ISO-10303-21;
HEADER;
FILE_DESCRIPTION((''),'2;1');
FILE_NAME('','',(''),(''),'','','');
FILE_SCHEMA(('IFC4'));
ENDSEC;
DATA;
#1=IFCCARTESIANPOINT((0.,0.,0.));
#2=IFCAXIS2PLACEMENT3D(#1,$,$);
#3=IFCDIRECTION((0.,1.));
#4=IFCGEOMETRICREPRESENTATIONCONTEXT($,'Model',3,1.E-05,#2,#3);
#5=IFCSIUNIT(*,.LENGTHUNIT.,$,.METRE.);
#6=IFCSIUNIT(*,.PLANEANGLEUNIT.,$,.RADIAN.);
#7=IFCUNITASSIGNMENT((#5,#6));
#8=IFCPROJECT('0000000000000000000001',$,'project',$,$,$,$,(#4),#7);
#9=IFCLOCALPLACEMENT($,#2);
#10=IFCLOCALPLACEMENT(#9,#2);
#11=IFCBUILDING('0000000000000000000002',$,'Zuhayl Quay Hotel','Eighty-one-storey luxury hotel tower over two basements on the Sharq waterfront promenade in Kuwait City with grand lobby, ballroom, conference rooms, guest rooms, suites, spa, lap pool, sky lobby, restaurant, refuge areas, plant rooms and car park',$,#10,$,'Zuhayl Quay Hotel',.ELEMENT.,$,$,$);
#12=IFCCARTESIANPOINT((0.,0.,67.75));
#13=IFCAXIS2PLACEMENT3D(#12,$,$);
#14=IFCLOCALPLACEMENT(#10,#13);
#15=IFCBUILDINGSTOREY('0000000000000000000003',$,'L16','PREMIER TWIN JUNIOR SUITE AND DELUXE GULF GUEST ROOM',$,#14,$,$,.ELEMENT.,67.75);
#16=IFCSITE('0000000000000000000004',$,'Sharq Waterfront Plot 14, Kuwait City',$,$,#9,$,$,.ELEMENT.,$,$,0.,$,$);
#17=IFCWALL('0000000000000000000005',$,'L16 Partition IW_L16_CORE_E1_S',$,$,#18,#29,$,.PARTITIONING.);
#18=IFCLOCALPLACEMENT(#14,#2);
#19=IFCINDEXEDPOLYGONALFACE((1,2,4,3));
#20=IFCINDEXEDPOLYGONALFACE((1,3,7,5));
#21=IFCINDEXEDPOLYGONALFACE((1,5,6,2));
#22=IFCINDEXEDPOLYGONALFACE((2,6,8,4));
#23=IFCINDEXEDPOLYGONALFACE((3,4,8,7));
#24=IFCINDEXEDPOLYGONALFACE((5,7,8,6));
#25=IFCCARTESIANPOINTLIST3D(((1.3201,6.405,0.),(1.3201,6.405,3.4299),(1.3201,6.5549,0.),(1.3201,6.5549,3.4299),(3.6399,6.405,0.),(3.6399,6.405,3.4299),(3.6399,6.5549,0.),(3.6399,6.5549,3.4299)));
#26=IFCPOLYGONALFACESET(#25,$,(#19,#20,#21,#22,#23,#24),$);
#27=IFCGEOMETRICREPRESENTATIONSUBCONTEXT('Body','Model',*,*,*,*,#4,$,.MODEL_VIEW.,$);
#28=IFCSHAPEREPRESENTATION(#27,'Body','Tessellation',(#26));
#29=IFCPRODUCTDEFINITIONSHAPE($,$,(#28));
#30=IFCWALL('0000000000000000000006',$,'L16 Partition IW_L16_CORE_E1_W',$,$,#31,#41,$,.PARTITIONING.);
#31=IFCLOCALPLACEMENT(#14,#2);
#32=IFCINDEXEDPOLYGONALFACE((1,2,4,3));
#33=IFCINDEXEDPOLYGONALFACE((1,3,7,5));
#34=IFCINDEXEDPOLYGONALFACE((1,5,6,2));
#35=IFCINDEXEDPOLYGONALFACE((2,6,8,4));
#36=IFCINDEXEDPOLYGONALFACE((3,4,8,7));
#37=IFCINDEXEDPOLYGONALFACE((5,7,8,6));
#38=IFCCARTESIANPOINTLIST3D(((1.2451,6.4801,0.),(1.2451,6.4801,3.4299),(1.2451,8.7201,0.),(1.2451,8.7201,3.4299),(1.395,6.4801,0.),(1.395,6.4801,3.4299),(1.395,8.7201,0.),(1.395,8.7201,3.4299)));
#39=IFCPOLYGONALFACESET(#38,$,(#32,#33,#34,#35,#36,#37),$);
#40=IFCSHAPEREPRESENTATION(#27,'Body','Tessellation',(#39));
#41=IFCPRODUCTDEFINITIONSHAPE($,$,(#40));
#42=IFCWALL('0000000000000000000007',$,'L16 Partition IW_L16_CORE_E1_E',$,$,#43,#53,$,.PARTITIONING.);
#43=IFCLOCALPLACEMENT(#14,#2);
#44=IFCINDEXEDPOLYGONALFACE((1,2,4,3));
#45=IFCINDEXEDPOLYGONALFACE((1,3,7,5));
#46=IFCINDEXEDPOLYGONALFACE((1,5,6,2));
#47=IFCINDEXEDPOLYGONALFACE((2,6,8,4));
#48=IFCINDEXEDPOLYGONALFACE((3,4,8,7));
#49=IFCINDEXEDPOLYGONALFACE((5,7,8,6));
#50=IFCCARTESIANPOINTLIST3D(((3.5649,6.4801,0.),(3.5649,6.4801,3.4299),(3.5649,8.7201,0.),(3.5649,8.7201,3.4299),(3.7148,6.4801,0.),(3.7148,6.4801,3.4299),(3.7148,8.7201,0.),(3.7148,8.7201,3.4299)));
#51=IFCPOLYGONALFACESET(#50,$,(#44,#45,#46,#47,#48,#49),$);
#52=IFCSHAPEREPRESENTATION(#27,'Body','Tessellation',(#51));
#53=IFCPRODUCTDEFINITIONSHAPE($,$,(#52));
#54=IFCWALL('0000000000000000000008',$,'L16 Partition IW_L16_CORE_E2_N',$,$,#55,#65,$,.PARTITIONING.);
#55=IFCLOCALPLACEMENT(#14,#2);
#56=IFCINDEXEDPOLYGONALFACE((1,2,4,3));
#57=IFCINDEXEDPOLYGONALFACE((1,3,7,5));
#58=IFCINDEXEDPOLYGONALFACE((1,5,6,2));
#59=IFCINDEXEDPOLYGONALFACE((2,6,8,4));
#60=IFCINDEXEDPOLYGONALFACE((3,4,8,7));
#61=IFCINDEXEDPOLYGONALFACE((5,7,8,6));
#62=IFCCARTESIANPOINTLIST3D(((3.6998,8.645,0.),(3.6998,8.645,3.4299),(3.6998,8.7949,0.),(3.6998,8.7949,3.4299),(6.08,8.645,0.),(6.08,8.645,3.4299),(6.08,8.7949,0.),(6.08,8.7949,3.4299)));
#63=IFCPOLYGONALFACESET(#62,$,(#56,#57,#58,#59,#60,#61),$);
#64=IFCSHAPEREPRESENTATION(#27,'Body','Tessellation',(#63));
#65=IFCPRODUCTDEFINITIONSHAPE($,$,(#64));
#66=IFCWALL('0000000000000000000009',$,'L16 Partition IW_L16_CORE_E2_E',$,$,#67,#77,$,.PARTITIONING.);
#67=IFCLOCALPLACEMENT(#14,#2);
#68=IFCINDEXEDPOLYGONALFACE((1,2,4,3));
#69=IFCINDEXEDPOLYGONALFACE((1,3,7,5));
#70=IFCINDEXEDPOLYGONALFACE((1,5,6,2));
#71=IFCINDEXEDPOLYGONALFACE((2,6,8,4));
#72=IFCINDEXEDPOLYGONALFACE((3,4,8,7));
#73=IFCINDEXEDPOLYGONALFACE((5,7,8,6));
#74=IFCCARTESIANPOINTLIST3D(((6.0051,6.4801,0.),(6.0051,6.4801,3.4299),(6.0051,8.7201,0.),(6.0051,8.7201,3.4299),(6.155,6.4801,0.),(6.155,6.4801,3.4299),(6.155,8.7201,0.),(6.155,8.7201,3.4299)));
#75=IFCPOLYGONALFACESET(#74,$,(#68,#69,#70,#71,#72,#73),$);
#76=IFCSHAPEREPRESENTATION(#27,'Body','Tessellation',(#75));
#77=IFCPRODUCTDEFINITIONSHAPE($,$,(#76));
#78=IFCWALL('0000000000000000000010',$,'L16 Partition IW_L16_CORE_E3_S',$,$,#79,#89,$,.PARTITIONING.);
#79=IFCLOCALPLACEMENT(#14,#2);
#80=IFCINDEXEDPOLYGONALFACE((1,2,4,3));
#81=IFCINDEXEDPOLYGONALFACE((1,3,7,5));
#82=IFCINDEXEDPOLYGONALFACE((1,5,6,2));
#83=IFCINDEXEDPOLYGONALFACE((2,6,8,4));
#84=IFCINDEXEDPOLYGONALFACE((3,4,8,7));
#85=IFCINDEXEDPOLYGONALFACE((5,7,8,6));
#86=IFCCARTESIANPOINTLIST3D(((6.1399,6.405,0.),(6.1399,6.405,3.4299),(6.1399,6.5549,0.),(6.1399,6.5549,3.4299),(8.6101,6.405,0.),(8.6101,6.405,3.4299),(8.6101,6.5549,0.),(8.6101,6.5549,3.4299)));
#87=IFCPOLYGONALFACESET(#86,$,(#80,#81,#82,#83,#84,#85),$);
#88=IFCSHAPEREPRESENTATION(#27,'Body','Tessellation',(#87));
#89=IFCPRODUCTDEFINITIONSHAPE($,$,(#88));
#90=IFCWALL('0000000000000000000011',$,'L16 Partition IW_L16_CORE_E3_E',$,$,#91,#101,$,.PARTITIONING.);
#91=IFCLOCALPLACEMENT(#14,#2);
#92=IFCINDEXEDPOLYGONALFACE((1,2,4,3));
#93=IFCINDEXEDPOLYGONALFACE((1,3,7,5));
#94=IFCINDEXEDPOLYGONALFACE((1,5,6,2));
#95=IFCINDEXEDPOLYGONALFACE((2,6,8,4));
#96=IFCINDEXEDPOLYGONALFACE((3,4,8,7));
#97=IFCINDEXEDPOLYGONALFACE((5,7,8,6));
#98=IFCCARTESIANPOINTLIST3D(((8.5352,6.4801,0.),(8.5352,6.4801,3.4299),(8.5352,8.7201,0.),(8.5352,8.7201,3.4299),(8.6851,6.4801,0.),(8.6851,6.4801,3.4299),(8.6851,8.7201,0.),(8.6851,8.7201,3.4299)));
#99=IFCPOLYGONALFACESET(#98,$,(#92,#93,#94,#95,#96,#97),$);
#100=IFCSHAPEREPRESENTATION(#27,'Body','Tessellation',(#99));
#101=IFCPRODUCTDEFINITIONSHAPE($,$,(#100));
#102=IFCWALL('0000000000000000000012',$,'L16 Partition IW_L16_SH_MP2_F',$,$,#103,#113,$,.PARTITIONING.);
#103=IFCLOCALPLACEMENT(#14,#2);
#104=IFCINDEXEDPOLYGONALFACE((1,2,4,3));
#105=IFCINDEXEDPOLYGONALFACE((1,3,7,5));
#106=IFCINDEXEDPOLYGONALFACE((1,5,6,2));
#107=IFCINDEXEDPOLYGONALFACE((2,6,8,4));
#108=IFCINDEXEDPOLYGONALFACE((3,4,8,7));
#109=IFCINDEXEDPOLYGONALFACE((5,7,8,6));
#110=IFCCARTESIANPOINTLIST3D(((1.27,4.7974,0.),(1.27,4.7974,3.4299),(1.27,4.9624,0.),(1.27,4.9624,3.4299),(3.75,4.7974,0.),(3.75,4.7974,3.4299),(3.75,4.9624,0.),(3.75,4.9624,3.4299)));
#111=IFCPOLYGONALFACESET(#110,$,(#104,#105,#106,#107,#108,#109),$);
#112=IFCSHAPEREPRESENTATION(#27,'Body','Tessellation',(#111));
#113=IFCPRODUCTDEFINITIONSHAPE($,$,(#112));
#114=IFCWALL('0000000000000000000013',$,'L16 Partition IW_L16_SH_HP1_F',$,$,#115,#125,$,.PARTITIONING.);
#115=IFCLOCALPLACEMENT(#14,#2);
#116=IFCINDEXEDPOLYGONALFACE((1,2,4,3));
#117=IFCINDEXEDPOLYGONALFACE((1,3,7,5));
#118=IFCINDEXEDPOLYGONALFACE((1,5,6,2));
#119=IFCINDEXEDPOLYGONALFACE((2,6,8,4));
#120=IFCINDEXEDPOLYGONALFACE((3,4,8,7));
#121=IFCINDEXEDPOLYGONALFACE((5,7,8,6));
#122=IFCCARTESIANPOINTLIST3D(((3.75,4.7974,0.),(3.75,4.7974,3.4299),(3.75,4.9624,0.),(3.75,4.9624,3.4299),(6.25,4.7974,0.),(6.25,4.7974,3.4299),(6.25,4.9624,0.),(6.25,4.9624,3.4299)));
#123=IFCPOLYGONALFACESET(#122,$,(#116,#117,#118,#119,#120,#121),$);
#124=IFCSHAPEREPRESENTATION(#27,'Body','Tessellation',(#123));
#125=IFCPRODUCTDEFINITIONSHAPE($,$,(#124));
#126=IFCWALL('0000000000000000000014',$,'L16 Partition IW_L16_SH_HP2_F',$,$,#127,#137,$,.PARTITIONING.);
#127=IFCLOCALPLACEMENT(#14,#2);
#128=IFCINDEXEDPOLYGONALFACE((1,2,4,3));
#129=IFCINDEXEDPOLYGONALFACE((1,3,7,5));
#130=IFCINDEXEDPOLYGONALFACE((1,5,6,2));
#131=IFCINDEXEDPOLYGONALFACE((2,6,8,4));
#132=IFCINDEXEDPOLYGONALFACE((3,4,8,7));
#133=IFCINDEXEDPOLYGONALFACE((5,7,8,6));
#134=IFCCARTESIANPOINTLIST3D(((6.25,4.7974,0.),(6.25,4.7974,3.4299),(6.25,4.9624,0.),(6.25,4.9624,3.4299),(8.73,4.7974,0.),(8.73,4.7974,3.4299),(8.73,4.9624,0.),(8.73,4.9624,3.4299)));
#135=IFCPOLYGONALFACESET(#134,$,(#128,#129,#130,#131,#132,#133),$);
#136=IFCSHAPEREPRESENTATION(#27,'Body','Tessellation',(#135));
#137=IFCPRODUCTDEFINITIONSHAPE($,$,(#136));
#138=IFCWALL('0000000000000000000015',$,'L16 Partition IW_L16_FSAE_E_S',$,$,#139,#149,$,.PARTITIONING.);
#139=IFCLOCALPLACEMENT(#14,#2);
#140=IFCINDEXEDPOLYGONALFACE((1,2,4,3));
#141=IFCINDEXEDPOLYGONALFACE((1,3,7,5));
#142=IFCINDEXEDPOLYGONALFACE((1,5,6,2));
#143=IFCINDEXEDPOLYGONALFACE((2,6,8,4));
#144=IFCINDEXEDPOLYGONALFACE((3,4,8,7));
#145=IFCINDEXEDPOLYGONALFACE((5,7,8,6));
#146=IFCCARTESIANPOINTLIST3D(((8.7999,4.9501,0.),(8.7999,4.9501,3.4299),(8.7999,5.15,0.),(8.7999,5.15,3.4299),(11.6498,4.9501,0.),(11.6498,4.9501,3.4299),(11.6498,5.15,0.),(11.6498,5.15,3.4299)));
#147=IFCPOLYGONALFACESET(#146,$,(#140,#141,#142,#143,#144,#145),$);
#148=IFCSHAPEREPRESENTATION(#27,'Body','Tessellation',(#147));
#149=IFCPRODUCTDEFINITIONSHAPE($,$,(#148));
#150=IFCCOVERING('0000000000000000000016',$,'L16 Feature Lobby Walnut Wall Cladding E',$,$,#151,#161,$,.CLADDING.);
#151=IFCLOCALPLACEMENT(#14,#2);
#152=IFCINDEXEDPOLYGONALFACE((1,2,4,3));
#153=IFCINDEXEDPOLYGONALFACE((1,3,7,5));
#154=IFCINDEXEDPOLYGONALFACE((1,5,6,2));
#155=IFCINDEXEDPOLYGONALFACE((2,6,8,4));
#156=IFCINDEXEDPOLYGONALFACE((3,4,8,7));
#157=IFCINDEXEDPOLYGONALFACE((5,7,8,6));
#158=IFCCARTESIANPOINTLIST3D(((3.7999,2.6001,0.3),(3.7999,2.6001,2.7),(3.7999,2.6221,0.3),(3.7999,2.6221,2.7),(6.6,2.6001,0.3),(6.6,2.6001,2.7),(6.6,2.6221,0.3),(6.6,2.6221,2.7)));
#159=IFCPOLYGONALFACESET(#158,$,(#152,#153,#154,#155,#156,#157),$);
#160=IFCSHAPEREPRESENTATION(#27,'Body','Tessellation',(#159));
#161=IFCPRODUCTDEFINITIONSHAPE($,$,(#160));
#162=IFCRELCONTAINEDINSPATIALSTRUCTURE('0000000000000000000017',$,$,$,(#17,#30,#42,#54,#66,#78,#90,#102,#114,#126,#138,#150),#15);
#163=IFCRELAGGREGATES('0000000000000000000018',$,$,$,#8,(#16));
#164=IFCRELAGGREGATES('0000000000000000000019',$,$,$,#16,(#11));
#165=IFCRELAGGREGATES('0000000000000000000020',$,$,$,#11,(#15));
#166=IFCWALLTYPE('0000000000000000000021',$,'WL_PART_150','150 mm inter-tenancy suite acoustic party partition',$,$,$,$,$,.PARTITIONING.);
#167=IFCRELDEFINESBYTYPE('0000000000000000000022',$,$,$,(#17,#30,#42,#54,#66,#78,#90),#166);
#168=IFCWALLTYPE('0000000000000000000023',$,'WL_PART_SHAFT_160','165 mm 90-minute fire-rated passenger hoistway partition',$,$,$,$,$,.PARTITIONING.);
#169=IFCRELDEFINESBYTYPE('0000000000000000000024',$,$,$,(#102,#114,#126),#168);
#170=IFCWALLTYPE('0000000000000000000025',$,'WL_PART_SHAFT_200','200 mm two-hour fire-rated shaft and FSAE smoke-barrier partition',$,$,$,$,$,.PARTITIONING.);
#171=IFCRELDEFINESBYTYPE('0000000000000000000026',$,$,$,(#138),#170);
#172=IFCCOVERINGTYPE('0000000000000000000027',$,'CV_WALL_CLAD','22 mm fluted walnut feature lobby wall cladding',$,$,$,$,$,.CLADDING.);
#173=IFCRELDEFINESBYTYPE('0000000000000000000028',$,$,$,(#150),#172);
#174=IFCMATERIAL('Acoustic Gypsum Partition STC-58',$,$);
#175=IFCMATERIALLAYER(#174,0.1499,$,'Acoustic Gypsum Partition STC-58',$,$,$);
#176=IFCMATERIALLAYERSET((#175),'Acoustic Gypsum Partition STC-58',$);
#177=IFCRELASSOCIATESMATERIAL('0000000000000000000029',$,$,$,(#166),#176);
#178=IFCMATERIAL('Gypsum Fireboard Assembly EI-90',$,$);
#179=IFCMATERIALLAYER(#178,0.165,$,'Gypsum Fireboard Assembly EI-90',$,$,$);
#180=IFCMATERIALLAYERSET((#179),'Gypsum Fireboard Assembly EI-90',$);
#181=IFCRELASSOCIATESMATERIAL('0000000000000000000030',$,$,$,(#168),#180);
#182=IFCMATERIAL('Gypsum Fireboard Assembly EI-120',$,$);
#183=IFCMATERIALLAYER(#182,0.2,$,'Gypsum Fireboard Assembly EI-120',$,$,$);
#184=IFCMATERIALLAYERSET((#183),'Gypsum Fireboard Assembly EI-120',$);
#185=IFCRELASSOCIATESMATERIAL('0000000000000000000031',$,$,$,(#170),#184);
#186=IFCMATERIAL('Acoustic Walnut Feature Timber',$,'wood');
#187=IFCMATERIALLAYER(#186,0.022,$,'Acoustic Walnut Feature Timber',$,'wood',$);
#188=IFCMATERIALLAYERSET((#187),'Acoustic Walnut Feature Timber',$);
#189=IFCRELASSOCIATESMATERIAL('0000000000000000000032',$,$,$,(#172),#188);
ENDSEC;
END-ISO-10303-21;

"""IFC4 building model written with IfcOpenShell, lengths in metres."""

from ifc_helpers import new_model, si_unit, direction, frame, frame_2d, origin, origin_2d, place, context, subcontext, project, spatial, rectangle, extrude, material, layer, layer_set, type_object, element, save


model = new_model("IFC4")

# Units and contexts
model_context = context("Model", 3, precision=1e-05, world=origin(), true_north=direction((0.0, 1.0)))
body_context = subcontext(model_context, "Body", "Model", "MODEL_VIEW")
ifc_project = project(units=[si_unit("LENGTHUNIT", "METRE"), si_unit("PLANEANGLEUNIT", "RADIAN")], contexts=[model_context])

# Site, building, storey
site_placement = place(None, origin())
site = spatial("IfcSite", under=ifc_project, at=site_placement, Name="Sharq Waterfront Plot 14, Kuwait City", CompositionType="ELEMENT", RefElevation=0.0)
building_placement = place(site_placement, origin())
building = spatial("IfcBuilding", under=site, at=building_placement, Name="Zuhayl Quay Hotel", Description="Eighty-one-storey luxury hotel tower over two basements on the Sharq waterfront promenade in Kuwait City with grand lobby, ballroom, conference rooms, guest rooms, suites, spa, lap pool, sky lobby, restaurant, refuge areas, plant rooms and car park", LongName="Zuhayl Quay Hotel", CompositionType="ELEMENT")
storey_placement = place(building_placement, frame((0.0, 0.0, 67.75)))
storey = spatial("IfcBuildingStorey", under=building, at=storey_placement, Name="L16", Description="PREMIER TWIN JUNIOR SUITE AND DELUXE GULF GUEST ROOM", CompositionType="ELEMENT", Elevation=67.75)

# Shared definitions
ifc_material_1 = material(Name="Acoustic Gypsum Partition STC-58")
ifc_layer_1 = layer(ifc_material_1, 0.1499, Name="Acoustic Gypsum Partition STC-58")
ifc_layer_set_1 = layer_set([ifc_layer_1], Name="Acoustic Gypsum Partition STC-58")
wall_type_1 = type_object("IfcWallType", Name="WL_PART_150", Description="150 mm inter-tenancy suite acoustic party partition", PredefinedType="PARTITIONING", material=ifc_layer_set_1)

# Walls
wall_1_placement = place(storey_placement, frame((1.3201, 6.48, 0.0), z_axis=(0.0, 0.0, 1.0), x_axis=(1.0, 0.0, 0.0)))
element("IfcWall", 1, at=wall_1_placement, inside=storey, type_object=wall_type_1, Name="L16 Partition IW_L16_CORE_E1_S", PredefinedType="PARTITIONING", context=body_context, shape_type="SweptSolid", body=[
    extrude(rectangle(XDim=2.3198, YDim=0.1499, at=frame_2d((1.1599, 0.0))), origin(), (0.0, 0.0, 1.0), 3.4299),
])
for number, where, z_axis, x_axis, name in (
    (2, (1.3201, 6.48, 0.0), (0.0, 0.0, 1.0), (0.0, 1.0, 0.0), "L16 Partition IW_L16_CORE_E1_W"),
    (3, (3.6399, 6.48, 0.0), (0.0, 0.0, 1.0), (0.0, 1.0, 0.0), "L16 Partition IW_L16_CORE_E1_E"),
):
    element("IfcWall", number, at=place(storey_placement, frame(where, z_axis=z_axis, x_axis=x_axis)), inside=storey, type_object=wall_type_1, Name=name, PredefinedType="PARTITIONING", context=body_context, shape_type="SweptSolid", body=[
        extrude(rectangle(XDim=2.24, YDim=0.1499, at=frame_2d((1.1201, 0.0))), origin(), (0.0, 0.0, 1.0), 3.4299),
    ])
wall_2_placement = place(storey_placement, frame((3.7, 8.72, 0.0), z_axis=(0.0, 0.0, 1.0), x_axis=(1.0, 0.0, 0.0)))
element("IfcWall", 4, at=wall_2_placement, inside=storey, type_object=wall_type_1, Name="L16 Partition IW_L16_CORE_E2_N", PredefinedType="PARTITIONING", context=body_context, shape_type="SweptSolid", body=[
    extrude(rectangle(XDim=2.3801, YDim=0.1499, at=frame_2d((1.1899, 0.0))), origin(), (0.0, 0.0, 1.0), 3.4299),
])
wall_3_placement = place(storey_placement, frame((6.0801, 6.48, 0.0), z_axis=(0.0, 0.0, 1.0), x_axis=(0.0, 1.0, 0.0)))
element("IfcWall", 5, at=wall_3_placement, inside=storey, type_object=wall_type_1, Name="L16 Partition IW_L16_CORE_E2_E", PredefinedType="PARTITIONING", context=body_context, shape_type="SweptSolid", body=[
    extrude(rectangle(XDim=2.24, YDim=0.1499, at=frame_2d((1.1201, 0.0))), origin(), (0.0, 0.0, 1.0), 3.4299),
])
wall_4_placement = place(storey_placement, frame((6.1399, 6.48, 0.0), z_axis=(0.0, 0.0, 1.0), x_axis=(1.0, 0.0, 0.0)))
element("IfcWall", 6, at=wall_4_placement, inside=storey, type_object=wall_type_1, Name="L16 Partition IW_L16_CORE_E3_S", PredefinedType="PARTITIONING", context=body_context, shape_type="SweptSolid", body=[
    extrude(rectangle(XDim=2.4702, YDim=0.1499, at=frame_2d((1.2351, 0.0))), origin(), (0.0, 0.0, 1.0), 3.4299),
])
wall_5_placement = place(storey_placement, frame((8.6101, 6.48, 0.0), z_axis=(0.0, 0.0, 1.0), x_axis=(0.0, 1.0, 0.0)))
element("IfcWall", 7, at=wall_5_placement, inside=storey, type_object=wall_type_1, Name="L16 Partition IW_L16_CORE_E3_E", PredefinedType="PARTITIONING", context=body_context, shape_type="SweptSolid", body=[
    extrude(rectangle(XDim=2.24, YDim=0.1499, at=frame_2d((1.1201, 0.0))), origin(), (0.0, 0.0, 1.0), 3.4299),
])
ifc_material_2 = material(Name="Gypsum Fireboard Assembly EI-90")
ifc_layer_2 = layer(ifc_material_2, 0.165, Name="Gypsum Fireboard Assembly EI-90")
ifc_layer_set_2 = layer_set([ifc_layer_2], Name="Gypsum Fireboard Assembly EI-90")
wall_type_2 = type_object("IfcWallType", Name="WL_PART_SHAFT_160", Description="165 mm 90-minute fire-rated passenger hoistway partition", PredefinedType="PARTITIONING", material=ifc_layer_set_2)
wall_6_placement = place(storey_placement, frame((1.27, 4.8799, 0.0), z_axis=(0.0, 0.0, 1.0), x_axis=(1.0, 0.0, 0.0)))
element("IfcWall", 8, at=wall_6_placement, inside=storey, type_object=wall_type_2, Name="L16 Partition IW_L16_SH_MP2_F", PredefinedType="PARTITIONING", context=body_context, shape_type="SweptSolid", body=[
    extrude(rectangle(XDim=2.48, YDim=0.165, at=frame_2d((1.24, 0.0))), origin(), (0.0, 0.0, 1.0), 3.4299),
])
wall_7_placement = place(storey_placement, frame((3.75, 4.8799, 0.0), z_axis=(0.0, 0.0, 1.0), x_axis=(1.0, 0.0, 0.0)))
element("IfcWall", 9, at=wall_7_placement, inside=storey, type_object=wall_type_2, Name="L16 Partition IW_L16_SH_HP1_F", PredefinedType="PARTITIONING", context=body_context, shape_type="SweptSolid", body=[
    extrude(rectangle(XDim=2.5, YDim=0.165, at=frame_2d((1.25, 0.0))), origin(), (0.0, 0.0, 1.0), 3.4299),
])
wall_8_placement = place(storey_placement, frame((6.25, 4.8799, 0.0), z_axis=(0.0, 0.0, 1.0), x_axis=(1.0, 0.0, 0.0)))
element("IfcWall", 10, at=wall_8_placement, inside=storey, type_object=wall_type_2, Name="L16 Partition IW_L16_SH_HP2_F", PredefinedType="PARTITIONING", context=body_context, shape_type="SweptSolid", body=[
    extrude(rectangle(XDim=2.48, YDim=0.165, at=frame_2d((1.24, 0.0))), origin(), (0.0, 0.0, 1.0), 3.4299),
])
ifc_material_3 = material(Name="Gypsum Fireboard Assembly EI-120")
ifc_layer_3 = layer(ifc_material_3, 0.2, Name="Gypsum Fireboard Assembly EI-120")
ifc_layer_set_3 = layer_set([ifc_layer_3], Name="Gypsum Fireboard Assembly EI-120")
wall_type_3 = type_object("IfcWallType", Name="WL_PART_SHAFT_200", Description="200 mm two-hour fire-rated shaft and FSAE smoke-barrier partition", PredefinedType="PARTITIONING", material=ifc_layer_set_3)
wall_9_placement = place(storey_placement, frame((8.8, 5.05, 0.0), z_axis=(0.0, 0.0, 1.0), x_axis=(1.0, 0.0, 0.0)))
element("IfcWall", 11, at=wall_9_placement, inside=storey, type_object=wall_type_3, Name="L16 Partition IW_L16_FSAE_E_S", PredefinedType="PARTITIONING", context=body_context, shape_type="SweptSolid", body=[
    extrude(rectangle(XDim=2.8499, YDim=0.2, at=frame_2d((1.4248, 0.0))), origin(), (0.0, 0.0, 1.0), 3.4299),
])

# Covering
ifc_material_4 = material(Name="Acoustic Walnut Feature Timber", Category="wood")
ifc_layer_4 = layer(ifc_material_4, 0.022, Name="Acoustic Walnut Feature Timber", Category="wood")
ifc_layer_set_4 = layer_set([ifc_layer_4], Name="Acoustic Walnut Feature Timber")
covering_type = type_object("IfcCoveringType", Name="CV_WALL_CLAD", Description="22 mm fluted walnut feature lobby wall cladding", PredefinedType="CLADDING", material=ifc_layer_set_4)
covering_placement = place(storey_placement, frame((5.2, 2.6111, 0.3), z_axis=(0.0, 0.0, 1.0), x_axis=(1.0, 0.0, 0.0)))
element("IfcCovering", 12, at=covering_placement, inside=storey, type_object=covering_type, Name="L16 Feature Lobby Walnut Wall Cladding E", PredefinedType="CLADDING", context=body_context, shape_type="SweptSolid", body=[
    extrude(rectangle(XDim=2.8, YDim=0.022, at=origin_2d()), origin(), (0.0, 0.0, 1.0), 2.3999),
])

save(model, "model.ifc")
